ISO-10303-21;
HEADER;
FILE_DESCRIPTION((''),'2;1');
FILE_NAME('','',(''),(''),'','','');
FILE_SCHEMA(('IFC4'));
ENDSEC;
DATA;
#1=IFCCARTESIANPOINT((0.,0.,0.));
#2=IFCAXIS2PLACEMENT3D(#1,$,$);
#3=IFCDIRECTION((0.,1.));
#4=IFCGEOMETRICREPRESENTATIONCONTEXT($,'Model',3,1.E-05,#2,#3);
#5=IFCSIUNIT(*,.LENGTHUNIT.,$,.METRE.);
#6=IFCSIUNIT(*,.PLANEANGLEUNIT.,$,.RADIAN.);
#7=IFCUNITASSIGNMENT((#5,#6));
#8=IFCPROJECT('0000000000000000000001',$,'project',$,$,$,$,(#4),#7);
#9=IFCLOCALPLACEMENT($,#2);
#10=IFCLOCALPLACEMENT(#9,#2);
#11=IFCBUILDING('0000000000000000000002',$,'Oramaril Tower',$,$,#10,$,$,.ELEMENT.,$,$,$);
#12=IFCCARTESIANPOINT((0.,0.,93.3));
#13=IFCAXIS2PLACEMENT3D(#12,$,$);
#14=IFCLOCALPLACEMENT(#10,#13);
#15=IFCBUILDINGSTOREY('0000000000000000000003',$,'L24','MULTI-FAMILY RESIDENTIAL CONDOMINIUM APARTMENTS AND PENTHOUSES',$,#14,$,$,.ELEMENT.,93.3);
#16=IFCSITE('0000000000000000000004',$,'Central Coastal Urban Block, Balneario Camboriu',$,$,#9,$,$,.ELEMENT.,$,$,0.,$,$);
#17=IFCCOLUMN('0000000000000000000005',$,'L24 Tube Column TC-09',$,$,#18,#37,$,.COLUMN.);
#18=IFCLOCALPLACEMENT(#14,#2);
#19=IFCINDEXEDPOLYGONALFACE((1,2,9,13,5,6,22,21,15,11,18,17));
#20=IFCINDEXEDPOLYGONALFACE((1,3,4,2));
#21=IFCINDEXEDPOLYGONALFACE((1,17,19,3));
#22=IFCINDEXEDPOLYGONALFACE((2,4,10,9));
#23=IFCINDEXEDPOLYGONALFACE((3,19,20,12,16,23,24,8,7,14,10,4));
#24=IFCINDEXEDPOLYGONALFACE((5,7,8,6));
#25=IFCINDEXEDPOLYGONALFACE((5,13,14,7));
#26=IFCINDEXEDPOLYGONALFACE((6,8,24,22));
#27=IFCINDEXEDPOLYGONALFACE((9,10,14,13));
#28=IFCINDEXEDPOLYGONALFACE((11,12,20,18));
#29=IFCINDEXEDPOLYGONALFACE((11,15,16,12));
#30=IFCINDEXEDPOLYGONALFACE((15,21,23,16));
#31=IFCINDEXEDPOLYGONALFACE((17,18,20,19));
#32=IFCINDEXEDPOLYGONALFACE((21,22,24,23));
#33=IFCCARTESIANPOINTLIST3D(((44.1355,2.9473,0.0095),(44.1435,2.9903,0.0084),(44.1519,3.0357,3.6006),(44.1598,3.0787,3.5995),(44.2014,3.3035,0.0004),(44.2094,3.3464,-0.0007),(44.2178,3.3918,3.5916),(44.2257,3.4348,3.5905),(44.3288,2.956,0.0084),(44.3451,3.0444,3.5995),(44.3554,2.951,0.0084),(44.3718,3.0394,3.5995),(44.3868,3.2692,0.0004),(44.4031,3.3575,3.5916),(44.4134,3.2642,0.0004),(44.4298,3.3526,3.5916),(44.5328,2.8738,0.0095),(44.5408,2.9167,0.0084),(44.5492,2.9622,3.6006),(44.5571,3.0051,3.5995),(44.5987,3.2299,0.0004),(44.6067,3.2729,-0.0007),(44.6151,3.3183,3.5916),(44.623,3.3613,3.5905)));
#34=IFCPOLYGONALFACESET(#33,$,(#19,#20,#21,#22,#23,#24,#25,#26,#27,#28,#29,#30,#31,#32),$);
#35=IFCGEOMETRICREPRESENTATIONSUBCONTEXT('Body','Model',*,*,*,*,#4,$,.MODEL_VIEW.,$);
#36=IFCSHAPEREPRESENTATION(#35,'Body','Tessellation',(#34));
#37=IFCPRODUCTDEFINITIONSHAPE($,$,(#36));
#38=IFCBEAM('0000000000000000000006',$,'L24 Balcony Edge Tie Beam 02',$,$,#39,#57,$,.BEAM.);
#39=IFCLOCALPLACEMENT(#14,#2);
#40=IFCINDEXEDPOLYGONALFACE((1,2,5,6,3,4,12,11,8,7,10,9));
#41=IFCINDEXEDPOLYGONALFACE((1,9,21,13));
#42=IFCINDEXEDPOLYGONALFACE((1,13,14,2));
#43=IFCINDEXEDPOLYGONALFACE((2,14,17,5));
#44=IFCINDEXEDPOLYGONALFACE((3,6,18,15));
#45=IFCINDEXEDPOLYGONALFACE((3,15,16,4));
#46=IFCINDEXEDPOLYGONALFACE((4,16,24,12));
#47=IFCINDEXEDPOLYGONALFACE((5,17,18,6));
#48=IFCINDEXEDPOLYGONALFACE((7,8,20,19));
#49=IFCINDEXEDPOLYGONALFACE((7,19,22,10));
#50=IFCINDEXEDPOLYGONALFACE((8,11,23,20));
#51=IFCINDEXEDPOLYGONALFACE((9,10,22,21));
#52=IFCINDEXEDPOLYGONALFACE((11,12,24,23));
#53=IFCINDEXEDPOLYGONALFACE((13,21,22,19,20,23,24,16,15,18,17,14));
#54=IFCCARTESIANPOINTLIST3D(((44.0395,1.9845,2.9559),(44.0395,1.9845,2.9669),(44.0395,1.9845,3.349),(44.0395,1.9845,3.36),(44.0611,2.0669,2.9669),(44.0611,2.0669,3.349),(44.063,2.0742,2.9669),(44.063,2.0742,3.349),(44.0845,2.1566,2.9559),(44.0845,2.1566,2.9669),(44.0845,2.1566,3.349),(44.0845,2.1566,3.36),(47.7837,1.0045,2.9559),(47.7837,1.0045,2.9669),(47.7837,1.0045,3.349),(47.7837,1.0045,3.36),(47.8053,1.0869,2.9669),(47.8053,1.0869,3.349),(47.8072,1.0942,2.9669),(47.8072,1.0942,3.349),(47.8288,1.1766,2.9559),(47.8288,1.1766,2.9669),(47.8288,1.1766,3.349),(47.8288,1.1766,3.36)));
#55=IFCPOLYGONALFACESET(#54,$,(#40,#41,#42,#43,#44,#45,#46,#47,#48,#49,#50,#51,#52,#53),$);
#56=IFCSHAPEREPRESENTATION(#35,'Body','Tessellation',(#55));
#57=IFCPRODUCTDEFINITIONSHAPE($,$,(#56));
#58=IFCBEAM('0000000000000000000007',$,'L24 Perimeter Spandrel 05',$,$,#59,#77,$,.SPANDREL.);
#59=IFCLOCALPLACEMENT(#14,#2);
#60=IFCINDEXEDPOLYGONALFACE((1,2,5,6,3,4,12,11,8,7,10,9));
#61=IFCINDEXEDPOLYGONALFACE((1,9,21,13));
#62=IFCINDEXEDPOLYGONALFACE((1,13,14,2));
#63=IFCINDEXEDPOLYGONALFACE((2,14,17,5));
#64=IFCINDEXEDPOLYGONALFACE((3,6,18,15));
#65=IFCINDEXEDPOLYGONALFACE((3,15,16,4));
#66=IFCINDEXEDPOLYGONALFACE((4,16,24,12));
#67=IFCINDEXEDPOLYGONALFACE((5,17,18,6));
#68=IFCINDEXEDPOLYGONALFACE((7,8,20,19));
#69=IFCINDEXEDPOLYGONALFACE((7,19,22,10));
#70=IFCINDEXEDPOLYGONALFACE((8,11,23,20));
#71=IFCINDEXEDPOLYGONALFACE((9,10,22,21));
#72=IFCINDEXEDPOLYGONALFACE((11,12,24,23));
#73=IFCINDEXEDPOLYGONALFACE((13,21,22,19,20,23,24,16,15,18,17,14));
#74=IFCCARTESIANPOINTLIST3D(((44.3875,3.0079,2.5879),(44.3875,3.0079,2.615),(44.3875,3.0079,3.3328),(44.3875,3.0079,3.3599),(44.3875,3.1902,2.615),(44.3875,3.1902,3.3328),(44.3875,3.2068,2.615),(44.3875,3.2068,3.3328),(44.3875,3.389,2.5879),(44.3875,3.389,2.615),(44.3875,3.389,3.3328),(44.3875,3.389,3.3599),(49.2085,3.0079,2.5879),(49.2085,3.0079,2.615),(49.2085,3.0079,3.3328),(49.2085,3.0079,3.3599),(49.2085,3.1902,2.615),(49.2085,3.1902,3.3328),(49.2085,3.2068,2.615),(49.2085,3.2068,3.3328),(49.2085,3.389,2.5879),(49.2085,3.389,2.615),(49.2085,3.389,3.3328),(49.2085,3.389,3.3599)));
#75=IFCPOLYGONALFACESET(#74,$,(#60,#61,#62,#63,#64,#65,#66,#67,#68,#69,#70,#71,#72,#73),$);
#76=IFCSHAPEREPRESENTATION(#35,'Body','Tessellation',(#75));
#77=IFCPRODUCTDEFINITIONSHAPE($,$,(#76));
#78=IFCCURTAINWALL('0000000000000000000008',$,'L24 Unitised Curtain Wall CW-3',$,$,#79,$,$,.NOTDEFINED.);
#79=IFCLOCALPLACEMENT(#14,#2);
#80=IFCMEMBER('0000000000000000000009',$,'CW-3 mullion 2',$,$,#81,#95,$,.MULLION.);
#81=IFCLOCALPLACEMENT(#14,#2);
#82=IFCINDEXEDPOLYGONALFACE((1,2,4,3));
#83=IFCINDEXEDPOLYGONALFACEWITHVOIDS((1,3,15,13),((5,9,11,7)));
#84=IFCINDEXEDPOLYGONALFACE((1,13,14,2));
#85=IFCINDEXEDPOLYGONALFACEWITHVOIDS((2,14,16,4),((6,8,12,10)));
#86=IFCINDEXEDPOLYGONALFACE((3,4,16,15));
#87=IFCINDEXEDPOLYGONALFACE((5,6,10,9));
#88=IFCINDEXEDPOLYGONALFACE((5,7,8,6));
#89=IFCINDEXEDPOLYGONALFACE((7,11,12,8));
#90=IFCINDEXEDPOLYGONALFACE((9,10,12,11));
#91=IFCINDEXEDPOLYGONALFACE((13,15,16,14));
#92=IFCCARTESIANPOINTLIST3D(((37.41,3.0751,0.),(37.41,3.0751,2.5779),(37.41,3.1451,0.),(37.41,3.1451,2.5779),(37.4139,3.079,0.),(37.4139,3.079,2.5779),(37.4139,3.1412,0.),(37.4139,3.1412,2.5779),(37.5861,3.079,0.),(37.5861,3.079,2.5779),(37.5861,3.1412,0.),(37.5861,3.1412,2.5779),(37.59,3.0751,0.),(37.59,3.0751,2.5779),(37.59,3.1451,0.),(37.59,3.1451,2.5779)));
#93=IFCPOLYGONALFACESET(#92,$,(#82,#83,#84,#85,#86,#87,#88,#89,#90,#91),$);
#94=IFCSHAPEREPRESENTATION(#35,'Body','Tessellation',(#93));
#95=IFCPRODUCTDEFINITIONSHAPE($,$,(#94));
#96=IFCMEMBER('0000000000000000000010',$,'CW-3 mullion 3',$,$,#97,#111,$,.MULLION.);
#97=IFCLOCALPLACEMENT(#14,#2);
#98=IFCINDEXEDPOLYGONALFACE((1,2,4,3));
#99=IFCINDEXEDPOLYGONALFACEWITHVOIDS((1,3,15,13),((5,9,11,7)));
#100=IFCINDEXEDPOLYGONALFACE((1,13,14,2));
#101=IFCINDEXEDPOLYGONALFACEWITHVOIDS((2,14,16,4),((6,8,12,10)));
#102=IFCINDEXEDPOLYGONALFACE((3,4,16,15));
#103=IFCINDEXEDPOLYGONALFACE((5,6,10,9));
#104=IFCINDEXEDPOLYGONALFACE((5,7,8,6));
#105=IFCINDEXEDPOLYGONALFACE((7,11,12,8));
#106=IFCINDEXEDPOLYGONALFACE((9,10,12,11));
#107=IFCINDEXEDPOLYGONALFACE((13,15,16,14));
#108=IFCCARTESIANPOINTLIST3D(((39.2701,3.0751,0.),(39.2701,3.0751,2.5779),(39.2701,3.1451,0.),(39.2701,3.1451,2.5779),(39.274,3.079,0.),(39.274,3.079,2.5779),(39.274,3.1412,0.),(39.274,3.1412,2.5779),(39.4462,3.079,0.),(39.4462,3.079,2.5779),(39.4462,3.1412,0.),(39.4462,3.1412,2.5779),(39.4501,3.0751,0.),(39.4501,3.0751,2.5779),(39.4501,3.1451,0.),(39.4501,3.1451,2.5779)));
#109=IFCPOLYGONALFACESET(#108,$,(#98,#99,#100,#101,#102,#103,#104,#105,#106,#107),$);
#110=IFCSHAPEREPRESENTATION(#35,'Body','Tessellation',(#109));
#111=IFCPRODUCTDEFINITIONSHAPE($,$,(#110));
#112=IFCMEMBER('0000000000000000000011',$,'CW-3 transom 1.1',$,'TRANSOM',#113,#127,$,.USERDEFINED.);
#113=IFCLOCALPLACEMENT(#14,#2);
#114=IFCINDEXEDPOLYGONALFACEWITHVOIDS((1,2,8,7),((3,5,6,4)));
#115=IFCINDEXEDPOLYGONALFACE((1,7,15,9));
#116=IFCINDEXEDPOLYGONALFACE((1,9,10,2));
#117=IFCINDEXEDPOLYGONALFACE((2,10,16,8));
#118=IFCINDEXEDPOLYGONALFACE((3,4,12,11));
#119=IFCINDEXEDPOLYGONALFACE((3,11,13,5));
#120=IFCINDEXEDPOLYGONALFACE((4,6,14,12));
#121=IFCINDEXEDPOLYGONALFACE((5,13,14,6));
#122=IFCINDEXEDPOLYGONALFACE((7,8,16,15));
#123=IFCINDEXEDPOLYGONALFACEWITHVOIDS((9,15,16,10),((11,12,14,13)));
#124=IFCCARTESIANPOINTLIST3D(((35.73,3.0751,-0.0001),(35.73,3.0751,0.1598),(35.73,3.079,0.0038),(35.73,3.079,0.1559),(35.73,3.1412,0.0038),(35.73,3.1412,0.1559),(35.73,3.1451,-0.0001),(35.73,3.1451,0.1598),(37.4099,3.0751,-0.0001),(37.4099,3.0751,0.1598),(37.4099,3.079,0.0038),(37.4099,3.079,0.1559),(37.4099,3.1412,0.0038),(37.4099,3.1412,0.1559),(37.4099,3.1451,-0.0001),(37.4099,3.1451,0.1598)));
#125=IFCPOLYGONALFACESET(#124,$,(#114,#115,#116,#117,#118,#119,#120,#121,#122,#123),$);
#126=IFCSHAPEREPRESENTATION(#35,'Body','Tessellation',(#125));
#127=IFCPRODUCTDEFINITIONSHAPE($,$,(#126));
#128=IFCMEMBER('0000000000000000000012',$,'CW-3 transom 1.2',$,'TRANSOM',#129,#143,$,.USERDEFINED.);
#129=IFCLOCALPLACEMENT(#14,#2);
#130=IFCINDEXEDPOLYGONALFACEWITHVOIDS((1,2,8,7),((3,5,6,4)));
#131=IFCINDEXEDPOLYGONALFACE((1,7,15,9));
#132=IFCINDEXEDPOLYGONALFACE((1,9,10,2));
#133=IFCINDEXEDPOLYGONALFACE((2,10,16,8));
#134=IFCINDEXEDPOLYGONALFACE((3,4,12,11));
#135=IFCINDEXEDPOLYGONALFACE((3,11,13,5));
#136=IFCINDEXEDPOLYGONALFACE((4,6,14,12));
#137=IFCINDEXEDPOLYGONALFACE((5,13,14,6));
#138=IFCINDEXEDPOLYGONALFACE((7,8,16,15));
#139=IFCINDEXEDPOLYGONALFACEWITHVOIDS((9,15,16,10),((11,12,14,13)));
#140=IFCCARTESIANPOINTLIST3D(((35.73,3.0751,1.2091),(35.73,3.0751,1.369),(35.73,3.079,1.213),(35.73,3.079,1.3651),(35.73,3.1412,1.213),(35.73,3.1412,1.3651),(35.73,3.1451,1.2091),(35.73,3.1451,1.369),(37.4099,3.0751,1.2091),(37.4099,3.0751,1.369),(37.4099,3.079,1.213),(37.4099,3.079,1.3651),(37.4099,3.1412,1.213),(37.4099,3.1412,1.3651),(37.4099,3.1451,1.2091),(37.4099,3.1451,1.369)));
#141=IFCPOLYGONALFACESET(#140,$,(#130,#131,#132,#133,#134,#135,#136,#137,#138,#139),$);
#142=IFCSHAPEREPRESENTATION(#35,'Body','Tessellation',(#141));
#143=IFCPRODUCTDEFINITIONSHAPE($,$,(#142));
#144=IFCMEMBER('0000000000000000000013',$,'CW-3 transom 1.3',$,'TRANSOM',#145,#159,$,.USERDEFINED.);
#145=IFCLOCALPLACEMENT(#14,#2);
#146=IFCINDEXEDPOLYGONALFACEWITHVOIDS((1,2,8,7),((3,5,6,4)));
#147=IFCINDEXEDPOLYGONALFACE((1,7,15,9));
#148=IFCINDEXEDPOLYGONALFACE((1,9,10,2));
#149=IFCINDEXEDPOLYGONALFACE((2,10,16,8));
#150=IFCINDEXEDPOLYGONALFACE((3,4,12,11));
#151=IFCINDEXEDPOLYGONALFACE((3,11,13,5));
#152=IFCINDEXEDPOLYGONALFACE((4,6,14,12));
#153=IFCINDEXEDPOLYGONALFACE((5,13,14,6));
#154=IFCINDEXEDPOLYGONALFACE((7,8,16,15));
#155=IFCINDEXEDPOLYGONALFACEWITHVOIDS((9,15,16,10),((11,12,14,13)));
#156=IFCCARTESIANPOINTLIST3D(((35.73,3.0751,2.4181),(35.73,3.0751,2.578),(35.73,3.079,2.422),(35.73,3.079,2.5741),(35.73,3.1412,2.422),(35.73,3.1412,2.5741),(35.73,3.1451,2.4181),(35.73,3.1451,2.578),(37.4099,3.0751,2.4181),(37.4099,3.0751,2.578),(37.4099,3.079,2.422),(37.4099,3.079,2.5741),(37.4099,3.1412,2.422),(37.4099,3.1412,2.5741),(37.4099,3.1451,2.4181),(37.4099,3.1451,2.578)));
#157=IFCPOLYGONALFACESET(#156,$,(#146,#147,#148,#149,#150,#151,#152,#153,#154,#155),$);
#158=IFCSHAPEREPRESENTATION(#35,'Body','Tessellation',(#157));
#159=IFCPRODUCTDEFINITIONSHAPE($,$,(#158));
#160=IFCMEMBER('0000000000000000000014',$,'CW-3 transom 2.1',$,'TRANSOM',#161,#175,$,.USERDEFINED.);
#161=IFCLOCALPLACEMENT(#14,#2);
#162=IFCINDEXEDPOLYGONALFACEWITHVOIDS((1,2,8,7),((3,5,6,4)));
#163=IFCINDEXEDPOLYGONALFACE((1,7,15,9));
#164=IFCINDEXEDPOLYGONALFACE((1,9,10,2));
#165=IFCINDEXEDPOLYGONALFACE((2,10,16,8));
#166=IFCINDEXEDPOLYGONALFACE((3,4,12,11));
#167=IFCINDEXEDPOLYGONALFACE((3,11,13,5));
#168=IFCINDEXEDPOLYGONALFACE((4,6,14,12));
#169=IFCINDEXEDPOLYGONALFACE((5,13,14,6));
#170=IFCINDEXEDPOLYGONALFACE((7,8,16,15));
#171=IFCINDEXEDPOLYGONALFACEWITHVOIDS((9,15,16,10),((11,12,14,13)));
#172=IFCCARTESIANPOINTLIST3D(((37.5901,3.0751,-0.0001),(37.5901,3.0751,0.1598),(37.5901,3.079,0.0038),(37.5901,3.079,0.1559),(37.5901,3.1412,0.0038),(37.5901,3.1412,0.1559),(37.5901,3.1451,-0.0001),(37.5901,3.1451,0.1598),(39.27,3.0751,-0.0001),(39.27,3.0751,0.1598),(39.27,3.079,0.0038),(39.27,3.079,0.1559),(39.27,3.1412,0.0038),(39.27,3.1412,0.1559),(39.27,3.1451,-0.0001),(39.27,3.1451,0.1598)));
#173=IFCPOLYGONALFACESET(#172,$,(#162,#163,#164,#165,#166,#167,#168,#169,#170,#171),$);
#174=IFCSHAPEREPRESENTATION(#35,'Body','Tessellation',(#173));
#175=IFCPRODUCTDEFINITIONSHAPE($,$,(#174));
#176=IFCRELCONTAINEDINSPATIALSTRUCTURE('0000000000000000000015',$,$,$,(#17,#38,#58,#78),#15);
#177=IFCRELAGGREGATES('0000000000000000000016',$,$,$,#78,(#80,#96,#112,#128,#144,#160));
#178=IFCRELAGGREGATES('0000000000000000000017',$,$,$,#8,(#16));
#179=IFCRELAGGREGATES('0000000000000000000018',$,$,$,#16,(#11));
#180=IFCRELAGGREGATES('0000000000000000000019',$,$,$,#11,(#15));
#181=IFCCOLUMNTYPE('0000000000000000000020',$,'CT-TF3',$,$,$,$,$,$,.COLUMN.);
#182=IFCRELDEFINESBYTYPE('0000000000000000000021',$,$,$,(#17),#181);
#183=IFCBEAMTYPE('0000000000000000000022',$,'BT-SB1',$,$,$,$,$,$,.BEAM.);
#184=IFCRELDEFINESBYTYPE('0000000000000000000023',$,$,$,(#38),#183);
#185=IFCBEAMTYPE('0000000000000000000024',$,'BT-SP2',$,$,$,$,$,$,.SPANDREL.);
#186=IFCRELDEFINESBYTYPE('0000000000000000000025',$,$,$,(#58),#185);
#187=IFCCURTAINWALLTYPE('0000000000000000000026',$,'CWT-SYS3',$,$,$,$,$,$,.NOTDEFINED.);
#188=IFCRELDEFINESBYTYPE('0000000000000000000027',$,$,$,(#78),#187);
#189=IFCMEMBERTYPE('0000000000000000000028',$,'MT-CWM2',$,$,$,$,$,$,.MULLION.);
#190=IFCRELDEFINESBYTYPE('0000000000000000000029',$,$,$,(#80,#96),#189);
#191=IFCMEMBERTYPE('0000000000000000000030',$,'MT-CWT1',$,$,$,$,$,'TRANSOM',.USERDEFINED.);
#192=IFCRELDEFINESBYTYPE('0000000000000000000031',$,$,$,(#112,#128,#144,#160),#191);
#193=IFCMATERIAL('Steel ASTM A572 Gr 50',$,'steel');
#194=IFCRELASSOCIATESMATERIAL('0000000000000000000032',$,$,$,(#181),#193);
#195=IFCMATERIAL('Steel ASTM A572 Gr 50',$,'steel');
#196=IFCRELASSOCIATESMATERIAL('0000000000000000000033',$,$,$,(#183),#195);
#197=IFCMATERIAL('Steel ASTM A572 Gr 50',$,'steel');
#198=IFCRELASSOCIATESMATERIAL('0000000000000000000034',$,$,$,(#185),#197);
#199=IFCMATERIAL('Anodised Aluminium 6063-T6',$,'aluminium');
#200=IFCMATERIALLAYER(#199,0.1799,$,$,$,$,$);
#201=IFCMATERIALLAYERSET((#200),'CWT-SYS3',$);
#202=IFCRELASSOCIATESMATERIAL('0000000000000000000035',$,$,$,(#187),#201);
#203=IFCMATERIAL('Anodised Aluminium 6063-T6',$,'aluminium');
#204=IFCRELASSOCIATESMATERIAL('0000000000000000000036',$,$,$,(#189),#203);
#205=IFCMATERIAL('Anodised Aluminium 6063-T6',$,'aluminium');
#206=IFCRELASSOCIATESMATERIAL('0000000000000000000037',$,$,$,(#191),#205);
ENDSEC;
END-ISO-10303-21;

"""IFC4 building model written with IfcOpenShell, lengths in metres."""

from ifc_helpers import new_model, si_unit, direction, frame, origin, origin_2d, place, context, subcontext, project, spatial, hollow_rectangle, i_section, extrude, material, layer, layer_set, material_profile, profile_set, type_object, element, aggregate, save


model = new_model("IFC4")

# Units and contexts
model_context = context("Model", 3, precision=1e-05, world=origin(), true_north=direction((0.0, 1.0)))
body_context = subcontext(model_context, "Body", "Model", "MODEL_VIEW")
ifc_project = project(units=[si_unit("LENGTHUNIT", "METRE"), si_unit("PLANEANGLEUNIT", "RADIAN")], contexts=[model_context])

# Site, building, storey
site_placement = place(None, origin())
site = spatial("IfcSite", under=ifc_project, at=site_placement, Name="Central Coastal Urban Block, Balneario Camboriu", CompositionType="ELEMENT", RefElevation=0.0)
building_placement = place(site_placement, origin())
building = spatial("IfcBuilding", under=site, at=building_placement, Name="Oramaril Tower", CompositionType="ELEMENT")
storey_placement = place(building_placement, frame((0.0, 0.0, 93.3)))
storey = spatial("IfcBuildingStorey", under=building, at=storey_placement, Name="L24", Description="MULTI-FAMILY RESIDENTIAL CONDOMINIUM APARTMENTS AND PENTHOUSES", CompositionType="ELEMENT", Elevation=93.3)

# Column
ifc_material_1 = material(Name="Steel ASTM A572 Gr 50", Category="steel")
ifc_material_profile_1 = material_profile(ifc_material_1, i_section(OverallWidth=0.4041, OverallDepth=0.406, WebThickness=0.0271, FlangeThickness=0.0437, at=origin_2d()), Name="W14X233")
ifc_profile_set_1 = profile_set([ifc_material_profile_1], Name="Steel ASTM A572 Gr 50")
column_type = type_object("IfcColumnType", Name="CT-TF3", PredefinedType="COLUMN", material=ifc_profile_set_1)
column_placement = place(storey_placement, frame((44.3711, 3.1101, 0.0044), z_axis=(0.004554, 0.024603, 0.999687), x_axis=(-0.9833, 0.181992, 0.0)))
element("IfcColumn", 1, at=column_placement, inside=storey, type_object=column_type, Name="L24 Tube Column TC-09", PredefinedType="COLUMN", context=body_context, shape_type="SweptSolid", body=[
    extrude(i_section(OverallWidth=0.4041, OverallDepth=0.406, WebThickness=0.0271, FlangeThickness=0.0437, at=origin_2d()), origin(), (0.0, 0.0, 1.0), 3.5923),
])

# Beams
ifc_material_2 = material(Name="Steel ASTM A572 Gr 50", Category="steel")
ifc_material_profile_2 = material_profile(ifc_material_2, i_section(OverallWidth=0.178, OverallDepth=0.4041, WebThickness=0.0076, FlangeThickness=0.011, at=origin_2d()), Name="W16X36")
ifc_profile_set_2 = profile_set([ifc_material_profile_2], Name="Steel ASTM A572 Gr 50")
beam_type_1 = type_object("IfcBeamType", Name="BT-SB1", PredefinedType="BEAM", material=ifc_profile_set_2)
beam_1_placement = place(storey_placement, frame((44.062, 2.0706, 3.158), z_axis=(0.967412, -0.253208, 0.0), x_axis=(0.253208, 0.967412, 0.0)))
element("IfcBeam", 2, at=beam_1_placement, inside=storey, type_object=beam_type_1, Name="L24 Balcony Edge Tie Beam 02", PredefinedType="BEAM", context=body_context, shape_type="SweptSolid", body=[
    extrude(i_section(OverallWidth=0.178, OverallDepth=0.4041, WebThickness=0.0076, FlangeThickness=0.011, at=origin_2d()), origin(), (0.0, 0.0, 1.0), 3.8704),
])
ifc_material_3 = material(Name="Steel ASTM A572 Gr 50", Category="steel")
ifc_material_profile_3 = material_profile(ifc_material_3, i_section(OverallWidth=0.3811, OverallDepth=0.772, WebThickness=0.0166, FlangeThickness=0.0271, at=origin_2d()), Name="W30X173")
ifc_profile_set_3 = profile_set([ifc_material_profile_3], Name="Steel ASTM A572 Gr 50")
beam_type_2 = type_object("IfcBeamType", Name="BT-SP2", PredefinedType="SPANDREL", material=ifc_profile_set_3)
beam_2_placement = place(storey_placement, frame((44.3875, 3.1985, 2.9739), z_axis=(1.0, 0.0, 0.0), x_axis=(0.0, 1.0, 0.0)))
element("IfcBeam", 3, at=beam_2_placement, inside=storey, type_object=beam_type_2, Name="L24 Perimeter Spandrel 05", PredefinedType="SPANDREL", context=body_context, shape_type="SweptSolid", body=[
    extrude(i_section(OverallWidth=0.3811, OverallDepth=0.772, WebThickness=0.0166, FlangeThickness=0.0271, at=origin_2d()), origin(), (0.0, 0.0, 1.0), 4.821),
])

# Curtain wall, members
ifc_material_4 = material(Name="Anodised Aluminium 6063-T6", Category="aluminium")
ifc_layer_1 = layer(ifc_material_4, 0.1799)
ifc_layer_set_1 = layer_set([ifc_layer_1], Name="CWT-SYS3")
curtain_wall_type = type_object("IfcCurtainWallType", Name="CWT-SYS3", PredefinedType="NOTDEFINED", material=ifc_layer_set_1)
curtain_wall_placement = place(storey_placement, origin())
curtain_wall = element("IfcCurtainWall", 4, at=curtain_wall_placement, inside=storey, type_object=curtain_wall_type, Name="L24 Unitised Curtain Wall CW-3", PredefinedType="NOTDEFINED")
ifc_material_5 = material(Name="Anodised Aluminium 6063-T6", Category="aluminium")
ifc_material_profile_4 = material_profile(ifc_material_5, hollow_rectangle(XDim=0.0701, YDim=0.1799, WallThickness=0.0039, at=origin_2d()), Name="CWM180X70")
ifc_profile_set_4 = profile_set([ifc_material_profile_4], Name="Anodised Aluminium 6063-T6")
member_type_1 = type_object("IfcMemberType", Name="MT-CWM2", PredefinedType="MULLION", material=ifc_profile_set_4)
member_1_placement = place(storey_placement, frame((37.5, 3.1101, 0.0), z_axis=(0.0, 0.0, 1.0), x_axis=(0.0, 1.0, 0.0)))
member_1 = element("IfcMember", 5, at=member_1_placement, type_object=member_type_1, Name="CW-3 mullion 2", PredefinedType="MULLION", context=body_context, shape_type="SweptSolid", body=[
    extrude(hollow_rectangle(XDim=0.0701, YDim=0.1799, WallThickness=0.0039, at=origin_2d()), origin(), (0.0, 0.0, 1.0), 2.5779),
])
member_2_placement = place(storey_placement, frame((39.3601, 3.1101, 0.0), z_axis=(0.0, 0.0, 1.0), x_axis=(0.0, 1.0, 0.0)))
member_2 = element("IfcMember", 6, at=member_2_placement, type_object=member_type_1, Name="CW-3 mullion 3", PredefinedType="MULLION", context=body_context, shape_type="SweptSolid", body=[
    extrude(hollow_rectangle(XDim=0.0701, YDim=0.1799, WallThickness=0.0039, at=origin_2d()), origin(), (0.0, 0.0, 1.0), 2.5779),
])
ifc_material_6 = material(Name="Anodised Aluminium 6063-T6", Category="aluminium")
ifc_material_profile_5 = material_profile(ifc_material_6, hollow_rectangle(XDim=0.0701, YDim=0.1599, WallThickness=0.0039, at=origin_2d()), Name="CWT160X70")
ifc_profile_set_5 = profile_set([ifc_material_profile_5], Name="Anodised Aluminium 6063-T6")
member_type_2 = type_object("IfcMemberType", Name="MT-CWT1", ElementType="TRANSOM", PredefinedType="USERDEFINED", material=ifc_profile_set_5)
member_3_placement = place(storey_placement, frame((35.73, 3.1101, 0.0798), z_axis=(1.0, 0.0, 0.0), x_axis=(0.0, 1.0, 0.0)))
member_3 = element("IfcMember", 7, at=member_3_placement, type_object=member_type_2, Name="CW-3 transom 1.1", ObjectType="TRANSOM", PredefinedType="USERDEFINED", context=body_context, shape_type="SweptSolid", body=[
    extrude(hollow_rectangle(XDim=0.0701, YDim=0.1599, WallThickness=0.0039, at=origin_2d()), origin(), (0.0, 0.0, 1.0), 1.6799),
])
member_4_placement = place(storey_placement, frame((35.73, 3.1101, 1.2891), z_axis=(1.0, 0.0, 0.0), x_axis=(0.0, 1.0, 0.0)))
member_4 = element("IfcMember", 8, at=member_4_placement, type_object=member_type_2, Name="CW-3 transom 1.2", ObjectType="TRANSOM", PredefinedType="USERDEFINED", context=body_context, shape_type="SweptSolid", body=[
    extrude(hollow_rectangle(XDim=0.0701, YDim=0.1599, WallThickness=0.0039, at=origin_2d()), origin(), (0.0, 0.0, 1.0), 1.6799),
])
member_5_placement = place(storey_placement, frame((35.73, 3.1101, 2.498), z_axis=(1.0, 0.0, 0.0), x_axis=(0.0, 1.0, 0.0)))
member_5 = element("IfcMember", 9, at=member_5_placement, type_object=member_type_2, Name="CW-3 transom 1.3", ObjectType="TRANSOM", PredefinedType="USERDEFINED", context=body_context, shape_type="SweptSolid", body=[
    extrude(hollow_rectangle(XDim=0.0701, YDim=0.1599, WallThickness=0.0039, at=origin_2d()), origin(), (0.0, 0.0, 1.0), 1.6799),
])
member_6_placement = place(storey_placement, frame((37.5901, 3.1101, 0.0798), z_axis=(1.0, 0.0, 0.0), x_axis=(0.0, 1.0, 0.0)))
member_6 = element("IfcMember", 10, at=member_6_placement, type_object=member_type_2, Name="CW-3 transom 2.1", ObjectType="TRANSOM", PredefinedType="USERDEFINED", context=body_context, shape_type="SweptSolid", body=[
    extrude(hollow_rectangle(XDim=0.0701, YDim=0.1599, WallThickness=0.0039, at=origin_2d()), origin(), (0.0, 0.0, 1.0), 1.6799),
])
aggregate(curtain_wall, [member_1, member_2, member_3, member_4, member_5, member_6])

save(model, "model.ifc")
